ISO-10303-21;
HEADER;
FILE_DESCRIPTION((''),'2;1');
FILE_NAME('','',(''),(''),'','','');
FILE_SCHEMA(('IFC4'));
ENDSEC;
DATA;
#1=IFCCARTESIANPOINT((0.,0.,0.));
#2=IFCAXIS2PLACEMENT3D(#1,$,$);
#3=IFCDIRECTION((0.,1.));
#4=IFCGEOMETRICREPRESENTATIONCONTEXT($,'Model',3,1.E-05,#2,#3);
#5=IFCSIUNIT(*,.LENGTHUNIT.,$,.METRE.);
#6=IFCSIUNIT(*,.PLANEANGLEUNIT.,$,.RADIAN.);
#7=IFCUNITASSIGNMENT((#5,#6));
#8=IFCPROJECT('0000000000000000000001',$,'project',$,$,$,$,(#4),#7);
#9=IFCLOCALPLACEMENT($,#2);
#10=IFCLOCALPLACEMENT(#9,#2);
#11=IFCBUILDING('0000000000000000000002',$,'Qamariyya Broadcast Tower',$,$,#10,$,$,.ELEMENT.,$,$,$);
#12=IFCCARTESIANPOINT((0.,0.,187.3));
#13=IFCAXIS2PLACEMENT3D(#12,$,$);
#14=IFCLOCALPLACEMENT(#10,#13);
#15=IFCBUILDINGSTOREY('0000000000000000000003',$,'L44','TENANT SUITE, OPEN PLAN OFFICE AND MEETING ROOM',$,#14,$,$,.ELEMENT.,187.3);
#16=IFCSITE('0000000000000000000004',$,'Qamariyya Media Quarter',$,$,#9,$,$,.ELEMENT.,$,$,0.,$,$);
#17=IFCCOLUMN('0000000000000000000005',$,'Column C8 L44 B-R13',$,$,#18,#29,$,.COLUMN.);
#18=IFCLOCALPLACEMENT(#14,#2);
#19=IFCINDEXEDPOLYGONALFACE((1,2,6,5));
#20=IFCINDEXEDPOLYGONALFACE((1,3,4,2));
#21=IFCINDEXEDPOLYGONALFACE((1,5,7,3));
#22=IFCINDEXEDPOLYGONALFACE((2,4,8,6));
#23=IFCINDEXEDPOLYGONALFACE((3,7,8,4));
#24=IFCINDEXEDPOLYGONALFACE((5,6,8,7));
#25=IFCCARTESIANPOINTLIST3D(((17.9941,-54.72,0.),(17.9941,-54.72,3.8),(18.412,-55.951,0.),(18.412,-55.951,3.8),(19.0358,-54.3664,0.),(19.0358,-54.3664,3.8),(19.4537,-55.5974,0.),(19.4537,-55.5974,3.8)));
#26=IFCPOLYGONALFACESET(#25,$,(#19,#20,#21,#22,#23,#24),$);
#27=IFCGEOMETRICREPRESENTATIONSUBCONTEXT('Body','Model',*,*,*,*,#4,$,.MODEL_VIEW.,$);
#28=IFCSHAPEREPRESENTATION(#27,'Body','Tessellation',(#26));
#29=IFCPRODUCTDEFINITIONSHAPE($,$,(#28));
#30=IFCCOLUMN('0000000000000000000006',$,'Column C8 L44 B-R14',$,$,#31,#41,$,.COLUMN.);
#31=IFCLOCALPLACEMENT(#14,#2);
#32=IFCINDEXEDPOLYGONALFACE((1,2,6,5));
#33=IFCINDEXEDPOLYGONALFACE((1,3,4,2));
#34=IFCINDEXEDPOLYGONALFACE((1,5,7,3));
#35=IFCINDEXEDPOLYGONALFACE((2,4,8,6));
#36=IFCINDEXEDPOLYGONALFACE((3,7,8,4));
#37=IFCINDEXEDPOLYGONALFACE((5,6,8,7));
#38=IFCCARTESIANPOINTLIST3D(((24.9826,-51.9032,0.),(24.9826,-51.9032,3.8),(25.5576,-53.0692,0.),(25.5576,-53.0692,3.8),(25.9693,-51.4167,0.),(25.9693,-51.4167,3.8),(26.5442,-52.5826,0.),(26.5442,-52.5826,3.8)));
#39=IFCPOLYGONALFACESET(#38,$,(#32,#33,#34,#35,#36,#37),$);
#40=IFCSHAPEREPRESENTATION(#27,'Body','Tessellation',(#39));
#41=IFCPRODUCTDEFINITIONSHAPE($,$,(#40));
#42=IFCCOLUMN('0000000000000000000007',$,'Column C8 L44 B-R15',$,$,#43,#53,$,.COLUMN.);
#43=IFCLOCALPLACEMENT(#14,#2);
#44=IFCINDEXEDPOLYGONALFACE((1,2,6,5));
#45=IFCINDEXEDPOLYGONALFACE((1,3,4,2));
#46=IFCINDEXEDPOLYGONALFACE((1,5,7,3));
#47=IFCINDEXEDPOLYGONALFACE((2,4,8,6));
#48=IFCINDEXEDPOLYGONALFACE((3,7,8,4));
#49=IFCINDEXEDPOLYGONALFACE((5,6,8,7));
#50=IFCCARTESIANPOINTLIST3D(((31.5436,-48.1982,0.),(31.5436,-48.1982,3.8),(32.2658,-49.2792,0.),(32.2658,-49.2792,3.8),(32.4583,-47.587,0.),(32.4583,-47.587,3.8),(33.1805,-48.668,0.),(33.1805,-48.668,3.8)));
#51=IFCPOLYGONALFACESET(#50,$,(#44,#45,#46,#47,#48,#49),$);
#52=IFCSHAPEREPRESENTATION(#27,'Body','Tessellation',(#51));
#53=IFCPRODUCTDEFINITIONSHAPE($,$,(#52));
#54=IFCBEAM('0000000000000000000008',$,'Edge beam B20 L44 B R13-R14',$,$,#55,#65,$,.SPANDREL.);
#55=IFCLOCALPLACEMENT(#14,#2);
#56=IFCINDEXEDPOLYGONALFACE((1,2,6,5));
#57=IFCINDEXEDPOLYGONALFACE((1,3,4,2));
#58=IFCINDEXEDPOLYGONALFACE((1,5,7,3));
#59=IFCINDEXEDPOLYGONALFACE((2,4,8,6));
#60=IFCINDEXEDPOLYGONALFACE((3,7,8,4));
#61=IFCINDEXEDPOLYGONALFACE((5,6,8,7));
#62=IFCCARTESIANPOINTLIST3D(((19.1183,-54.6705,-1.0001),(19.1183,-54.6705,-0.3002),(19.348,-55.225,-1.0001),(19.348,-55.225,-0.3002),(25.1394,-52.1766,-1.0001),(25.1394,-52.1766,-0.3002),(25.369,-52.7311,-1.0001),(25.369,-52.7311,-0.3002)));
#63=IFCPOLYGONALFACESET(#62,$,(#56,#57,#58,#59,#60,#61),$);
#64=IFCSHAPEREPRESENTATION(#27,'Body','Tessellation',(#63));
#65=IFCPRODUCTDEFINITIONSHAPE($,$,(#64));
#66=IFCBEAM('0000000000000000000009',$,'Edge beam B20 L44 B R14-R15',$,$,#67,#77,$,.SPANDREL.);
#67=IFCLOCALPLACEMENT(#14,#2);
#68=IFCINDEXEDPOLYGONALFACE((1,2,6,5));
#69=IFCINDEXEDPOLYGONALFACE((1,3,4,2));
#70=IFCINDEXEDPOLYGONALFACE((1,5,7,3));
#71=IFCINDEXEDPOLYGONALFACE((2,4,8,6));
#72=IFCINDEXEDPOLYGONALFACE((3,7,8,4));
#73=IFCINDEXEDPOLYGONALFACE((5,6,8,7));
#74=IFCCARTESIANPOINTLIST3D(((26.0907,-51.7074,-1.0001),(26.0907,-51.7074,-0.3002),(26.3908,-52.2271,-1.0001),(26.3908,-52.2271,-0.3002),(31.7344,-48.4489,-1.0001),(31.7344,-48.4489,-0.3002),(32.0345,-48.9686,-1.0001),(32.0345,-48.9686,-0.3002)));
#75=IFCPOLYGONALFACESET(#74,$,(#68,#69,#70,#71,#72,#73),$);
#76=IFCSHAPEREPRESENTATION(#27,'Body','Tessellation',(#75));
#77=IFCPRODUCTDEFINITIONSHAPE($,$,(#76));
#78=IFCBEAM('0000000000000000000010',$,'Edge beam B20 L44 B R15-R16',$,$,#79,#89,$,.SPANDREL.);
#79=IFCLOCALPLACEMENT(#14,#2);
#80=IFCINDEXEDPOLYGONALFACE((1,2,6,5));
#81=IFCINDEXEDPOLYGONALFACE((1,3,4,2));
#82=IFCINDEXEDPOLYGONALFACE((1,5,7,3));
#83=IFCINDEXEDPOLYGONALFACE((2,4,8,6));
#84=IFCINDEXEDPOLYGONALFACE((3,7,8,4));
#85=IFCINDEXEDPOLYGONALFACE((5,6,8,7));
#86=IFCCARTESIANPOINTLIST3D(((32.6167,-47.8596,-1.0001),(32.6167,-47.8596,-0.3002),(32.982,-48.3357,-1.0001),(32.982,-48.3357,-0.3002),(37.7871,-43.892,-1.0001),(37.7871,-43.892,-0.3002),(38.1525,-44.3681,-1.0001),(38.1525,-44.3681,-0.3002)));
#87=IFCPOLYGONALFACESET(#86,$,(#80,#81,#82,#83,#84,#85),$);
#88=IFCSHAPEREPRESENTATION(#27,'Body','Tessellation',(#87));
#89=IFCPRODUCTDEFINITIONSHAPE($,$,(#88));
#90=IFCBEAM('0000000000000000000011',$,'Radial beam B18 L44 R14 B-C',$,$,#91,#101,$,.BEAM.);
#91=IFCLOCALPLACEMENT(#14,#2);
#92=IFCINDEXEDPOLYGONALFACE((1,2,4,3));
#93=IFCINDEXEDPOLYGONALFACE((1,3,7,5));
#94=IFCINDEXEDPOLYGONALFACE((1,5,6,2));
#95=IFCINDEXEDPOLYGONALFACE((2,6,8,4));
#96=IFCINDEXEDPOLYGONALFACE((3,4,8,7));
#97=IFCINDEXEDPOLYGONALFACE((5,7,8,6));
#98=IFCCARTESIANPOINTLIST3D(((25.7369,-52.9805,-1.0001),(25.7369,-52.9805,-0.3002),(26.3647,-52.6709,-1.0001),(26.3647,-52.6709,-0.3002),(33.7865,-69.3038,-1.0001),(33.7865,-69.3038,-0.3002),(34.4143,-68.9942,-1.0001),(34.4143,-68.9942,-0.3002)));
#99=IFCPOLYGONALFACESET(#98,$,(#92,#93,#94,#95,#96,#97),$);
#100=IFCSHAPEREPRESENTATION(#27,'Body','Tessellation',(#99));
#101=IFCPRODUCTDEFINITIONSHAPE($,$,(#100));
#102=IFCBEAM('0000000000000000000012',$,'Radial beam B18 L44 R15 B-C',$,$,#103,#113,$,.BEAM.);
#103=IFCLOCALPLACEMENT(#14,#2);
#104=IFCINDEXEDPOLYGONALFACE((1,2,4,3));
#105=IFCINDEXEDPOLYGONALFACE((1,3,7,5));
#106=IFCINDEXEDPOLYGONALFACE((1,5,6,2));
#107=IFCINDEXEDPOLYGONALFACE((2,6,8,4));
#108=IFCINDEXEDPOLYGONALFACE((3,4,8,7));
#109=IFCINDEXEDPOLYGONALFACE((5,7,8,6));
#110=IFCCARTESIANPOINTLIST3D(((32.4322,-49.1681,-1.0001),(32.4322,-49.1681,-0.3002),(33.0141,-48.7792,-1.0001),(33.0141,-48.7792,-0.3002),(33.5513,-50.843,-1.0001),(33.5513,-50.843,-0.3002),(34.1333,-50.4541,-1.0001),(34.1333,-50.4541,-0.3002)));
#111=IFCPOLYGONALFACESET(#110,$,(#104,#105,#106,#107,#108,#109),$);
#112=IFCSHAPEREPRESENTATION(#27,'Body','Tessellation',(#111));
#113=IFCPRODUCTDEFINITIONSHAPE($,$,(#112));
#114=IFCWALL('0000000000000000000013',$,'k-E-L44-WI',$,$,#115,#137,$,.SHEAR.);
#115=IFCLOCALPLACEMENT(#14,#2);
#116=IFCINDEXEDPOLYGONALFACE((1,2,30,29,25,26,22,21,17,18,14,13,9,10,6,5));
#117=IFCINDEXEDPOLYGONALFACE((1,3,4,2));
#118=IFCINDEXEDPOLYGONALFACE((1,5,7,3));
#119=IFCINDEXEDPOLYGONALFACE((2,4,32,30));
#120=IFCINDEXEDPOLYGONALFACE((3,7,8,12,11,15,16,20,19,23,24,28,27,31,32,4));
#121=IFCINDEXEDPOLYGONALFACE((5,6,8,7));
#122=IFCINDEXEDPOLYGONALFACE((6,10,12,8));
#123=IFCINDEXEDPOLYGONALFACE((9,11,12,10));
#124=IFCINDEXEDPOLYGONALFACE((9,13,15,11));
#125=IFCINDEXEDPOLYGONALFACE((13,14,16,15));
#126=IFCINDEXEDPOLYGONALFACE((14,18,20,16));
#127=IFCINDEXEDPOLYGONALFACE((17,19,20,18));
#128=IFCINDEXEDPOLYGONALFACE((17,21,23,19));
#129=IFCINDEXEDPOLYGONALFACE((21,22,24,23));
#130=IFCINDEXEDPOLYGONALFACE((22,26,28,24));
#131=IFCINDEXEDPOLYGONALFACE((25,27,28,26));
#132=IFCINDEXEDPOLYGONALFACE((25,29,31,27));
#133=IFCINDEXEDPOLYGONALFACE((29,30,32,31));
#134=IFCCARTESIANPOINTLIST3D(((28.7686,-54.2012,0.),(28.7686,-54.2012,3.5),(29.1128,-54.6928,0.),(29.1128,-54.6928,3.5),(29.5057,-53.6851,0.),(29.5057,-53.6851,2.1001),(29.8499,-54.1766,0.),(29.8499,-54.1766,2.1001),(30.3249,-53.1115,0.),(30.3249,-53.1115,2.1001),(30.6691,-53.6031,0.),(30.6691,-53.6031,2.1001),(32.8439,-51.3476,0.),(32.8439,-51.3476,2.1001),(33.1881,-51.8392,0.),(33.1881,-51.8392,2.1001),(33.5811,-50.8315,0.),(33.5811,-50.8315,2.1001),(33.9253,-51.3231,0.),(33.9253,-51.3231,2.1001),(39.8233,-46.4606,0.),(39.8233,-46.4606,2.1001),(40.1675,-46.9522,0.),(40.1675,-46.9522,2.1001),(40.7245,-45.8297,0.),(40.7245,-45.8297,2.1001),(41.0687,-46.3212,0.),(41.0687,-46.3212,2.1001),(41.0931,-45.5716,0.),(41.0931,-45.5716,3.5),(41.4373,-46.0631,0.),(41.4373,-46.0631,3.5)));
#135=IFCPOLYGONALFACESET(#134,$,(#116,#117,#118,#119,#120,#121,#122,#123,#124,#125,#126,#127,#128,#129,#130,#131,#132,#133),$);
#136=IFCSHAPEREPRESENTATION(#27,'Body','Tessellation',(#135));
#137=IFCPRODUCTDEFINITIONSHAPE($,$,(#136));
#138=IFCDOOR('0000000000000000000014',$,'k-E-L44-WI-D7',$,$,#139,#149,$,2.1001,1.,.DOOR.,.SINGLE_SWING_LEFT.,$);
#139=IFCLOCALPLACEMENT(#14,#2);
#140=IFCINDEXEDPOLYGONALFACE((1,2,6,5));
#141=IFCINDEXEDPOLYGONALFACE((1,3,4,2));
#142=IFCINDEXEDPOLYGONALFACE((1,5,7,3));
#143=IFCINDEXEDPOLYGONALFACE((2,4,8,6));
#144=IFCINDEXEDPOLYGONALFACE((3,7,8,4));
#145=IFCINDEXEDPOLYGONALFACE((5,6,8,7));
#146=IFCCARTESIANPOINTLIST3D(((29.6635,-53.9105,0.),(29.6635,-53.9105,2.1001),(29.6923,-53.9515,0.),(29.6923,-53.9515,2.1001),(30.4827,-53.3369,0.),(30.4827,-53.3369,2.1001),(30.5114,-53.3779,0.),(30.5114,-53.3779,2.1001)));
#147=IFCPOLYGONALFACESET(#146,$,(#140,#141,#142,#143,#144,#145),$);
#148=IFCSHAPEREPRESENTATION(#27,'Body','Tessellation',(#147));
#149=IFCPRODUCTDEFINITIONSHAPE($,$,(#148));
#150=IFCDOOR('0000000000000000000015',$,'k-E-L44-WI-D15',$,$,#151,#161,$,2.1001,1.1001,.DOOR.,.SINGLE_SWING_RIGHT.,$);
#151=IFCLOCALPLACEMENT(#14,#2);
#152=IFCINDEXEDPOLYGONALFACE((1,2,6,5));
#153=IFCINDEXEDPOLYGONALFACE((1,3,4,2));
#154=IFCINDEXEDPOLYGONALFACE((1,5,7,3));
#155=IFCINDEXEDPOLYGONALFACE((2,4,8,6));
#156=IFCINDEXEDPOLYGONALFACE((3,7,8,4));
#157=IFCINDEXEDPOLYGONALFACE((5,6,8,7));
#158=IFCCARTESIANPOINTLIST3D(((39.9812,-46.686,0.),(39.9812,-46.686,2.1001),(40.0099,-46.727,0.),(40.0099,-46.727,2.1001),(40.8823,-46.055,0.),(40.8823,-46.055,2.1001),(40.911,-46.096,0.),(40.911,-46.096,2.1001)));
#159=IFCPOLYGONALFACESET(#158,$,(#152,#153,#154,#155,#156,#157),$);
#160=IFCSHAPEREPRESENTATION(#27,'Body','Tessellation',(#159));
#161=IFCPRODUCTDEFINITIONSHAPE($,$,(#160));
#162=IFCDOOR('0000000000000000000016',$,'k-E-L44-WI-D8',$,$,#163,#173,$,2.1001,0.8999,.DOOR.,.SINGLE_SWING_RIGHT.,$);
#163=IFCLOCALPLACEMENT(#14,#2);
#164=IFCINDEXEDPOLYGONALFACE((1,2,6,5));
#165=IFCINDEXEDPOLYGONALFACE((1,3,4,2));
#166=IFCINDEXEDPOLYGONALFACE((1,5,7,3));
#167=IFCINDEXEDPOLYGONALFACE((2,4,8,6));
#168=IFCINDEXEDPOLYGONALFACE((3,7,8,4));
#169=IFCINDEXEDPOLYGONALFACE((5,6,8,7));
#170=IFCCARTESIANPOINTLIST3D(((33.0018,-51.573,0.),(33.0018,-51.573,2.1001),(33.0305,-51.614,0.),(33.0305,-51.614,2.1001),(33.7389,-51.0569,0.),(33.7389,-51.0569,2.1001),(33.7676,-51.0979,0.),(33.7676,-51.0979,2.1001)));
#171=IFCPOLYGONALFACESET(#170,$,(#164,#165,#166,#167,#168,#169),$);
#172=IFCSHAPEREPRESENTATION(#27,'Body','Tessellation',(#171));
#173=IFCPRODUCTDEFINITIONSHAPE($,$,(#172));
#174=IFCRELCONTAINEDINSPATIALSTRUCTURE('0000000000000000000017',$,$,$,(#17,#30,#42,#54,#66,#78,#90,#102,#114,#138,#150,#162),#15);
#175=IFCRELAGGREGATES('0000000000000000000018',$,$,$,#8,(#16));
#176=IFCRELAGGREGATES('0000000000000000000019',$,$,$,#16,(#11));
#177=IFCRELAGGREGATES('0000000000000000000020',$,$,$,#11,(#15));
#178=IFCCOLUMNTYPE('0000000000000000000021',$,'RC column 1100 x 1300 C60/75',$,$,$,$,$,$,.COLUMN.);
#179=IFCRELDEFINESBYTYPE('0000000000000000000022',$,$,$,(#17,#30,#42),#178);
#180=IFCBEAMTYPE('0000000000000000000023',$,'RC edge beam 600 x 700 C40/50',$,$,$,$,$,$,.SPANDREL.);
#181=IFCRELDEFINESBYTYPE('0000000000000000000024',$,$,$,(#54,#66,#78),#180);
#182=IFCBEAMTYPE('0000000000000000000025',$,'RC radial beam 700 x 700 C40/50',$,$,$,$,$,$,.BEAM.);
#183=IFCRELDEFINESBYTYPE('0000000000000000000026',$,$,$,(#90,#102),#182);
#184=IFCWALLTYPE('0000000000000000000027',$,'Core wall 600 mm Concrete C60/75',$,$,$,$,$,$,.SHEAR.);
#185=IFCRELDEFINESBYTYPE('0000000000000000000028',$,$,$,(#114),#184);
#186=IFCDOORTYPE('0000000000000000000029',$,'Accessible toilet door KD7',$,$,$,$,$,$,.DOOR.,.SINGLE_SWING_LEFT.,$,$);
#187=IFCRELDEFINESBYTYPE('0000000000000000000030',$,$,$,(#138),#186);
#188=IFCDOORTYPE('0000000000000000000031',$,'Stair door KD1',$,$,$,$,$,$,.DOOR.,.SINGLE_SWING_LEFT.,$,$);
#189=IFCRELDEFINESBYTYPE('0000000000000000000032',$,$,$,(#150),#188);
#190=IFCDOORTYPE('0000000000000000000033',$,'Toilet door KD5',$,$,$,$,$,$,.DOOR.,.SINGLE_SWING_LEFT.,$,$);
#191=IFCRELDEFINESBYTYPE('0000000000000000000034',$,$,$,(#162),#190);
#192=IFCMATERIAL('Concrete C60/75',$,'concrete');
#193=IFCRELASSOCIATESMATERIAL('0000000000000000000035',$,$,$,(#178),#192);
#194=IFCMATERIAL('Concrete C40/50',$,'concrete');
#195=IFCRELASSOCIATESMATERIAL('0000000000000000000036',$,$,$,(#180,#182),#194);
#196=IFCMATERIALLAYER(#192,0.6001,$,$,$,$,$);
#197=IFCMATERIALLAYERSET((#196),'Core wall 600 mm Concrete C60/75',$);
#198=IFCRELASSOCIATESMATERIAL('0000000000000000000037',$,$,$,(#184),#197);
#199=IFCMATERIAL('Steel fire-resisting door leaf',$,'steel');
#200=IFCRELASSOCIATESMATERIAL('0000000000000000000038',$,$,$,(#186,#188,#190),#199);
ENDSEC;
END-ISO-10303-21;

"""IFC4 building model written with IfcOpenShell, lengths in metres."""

from ifc_helpers import new_model, si_unit, direction, frame, frame_2d, origin, origin_2d, place, context, subcontext, project, spatial, rectangle, extrude, material, layer, layer_set, material_profile, profile_set, type_object, element, fill, save


model = new_model("IFC4")

# Units and contexts
model_context = context("Model", 3, precision=1e-05, world=origin(), true_north=direction((0.0, 1.0)))
body_context = subcontext(model_context, "Body", "Model", "MODEL_VIEW")
ifc_project = project(units=[si_unit("LENGTHUNIT", "METRE"), si_unit("PLANEANGLEUNIT", "RADIAN")], contexts=[model_context])

# Site, building, storey
site_placement = place(None, origin())
site = spatial("IfcSite", under=ifc_project, at=site_placement, Name="Qamariyya Media Quarter", CompositionType="ELEMENT", RefElevation=0.0)
building_placement = place(site_placement, origin())
building = spatial("IfcBuilding", under=site, at=building_placement, Name="Qamariyya Broadcast Tower", CompositionType="ELEMENT")
storey_placement = place(building_placement, frame((0.0, 0.0, 187.3)))
storey = spatial("IfcBuildingStorey", under=building, at=storey_placement, Name="L44", Description="TENANT SUITE, OPEN PLAN OFFICE AND MEETING ROOM", CompositionType="ELEMENT", Elevation=187.3)

# Columns
ifc_material_1 = material(Name="Concrete C60/75", Category="concrete")
ifc_material_profile_1 = material_profile(ifc_material_1, rectangle(XDim=1.1001, YDim=1.3, at=origin_2d()))
ifc_profile_set_1 = profile_set([ifc_material_profile_1], Name="Concrete C60/75")
column_type = type_object("IfcColumnType", Name="RC column 1100 x 1300 C60/75", PredefinedType="COLUMN", material=ifc_profile_set_1)
for number, where, z_axis, x_axis, name in (
    (1, (18.7239, -55.1587, 0.0), (0.0, 0.0, 1.0), (0.94693, 0.321439, 0.0), "Column C8 L44 B-R13"),
    (2, (25.7634, -52.2429, 0.0), (0.0, 0.0, 1.0), (0.896873, 0.442289, 0.0), "Column C8 L44 B-R14"),
    (3, (32.3621, -48.4331, 0.0), (0.0, 0.0, 1.0), (0.83147, 0.55557, 0.0), "Column C8 L44 B-R15"),
):
    element("IfcColumn", number, at=place(storey_placement, frame(where, z_axis=z_axis, x_axis=x_axis)), inside=storey, type_object=column_type, Name=name, PredefinedType="COLUMN", context=body_context, shape_type="SweptSolid", body=[
        extrude(rectangle(XDim=1.1001, YDim=1.3, at=origin_2d()), origin(), (0.0, 0.0, 1.0), 3.8),
    ])

# Beams
ifc_material_2 = material(Name="Concrete C40/50", Category="concrete")
ifc_material_profile_2 = material_profile(ifc_material_2, rectangle(XDim=0.6001, YDim=0.7, at=origin_2d()))
ifc_profile_set_2 = profile_set([ifc_material_profile_2], Name="Concrete C40/50")
beam_type_1 = type_object("IfcBeamType", Name="RC edge beam 600 x 700 C40/50", PredefinedType="SPANDREL", material=ifc_profile_set_2)
beam_1_placement = place(storey_placement, frame((19.2332, -54.9478, -0.6501), z_axis=(0.923884, 0.382673, 0.0), x_axis=(-0.382673, 0.923884, 0.0)))
element("IfcBeam", 4, at=beam_1_placement, inside=storey, type_object=beam_type_1, Name="Edge beam B20 L44 B R13-R14", PredefinedType="SPANDREL", context=body_context, shape_type="SweptSolid", body=[
    extrude(rectangle(XDim=0.6001, YDim=0.7, at=origin_2d()), origin(), (0.0, 0.0, 1.0), 6.5171),
])
beam_2_placement = place(storey_placement, frame((26.2407, -51.9673, -0.6501), z_axis=(0.866019, 0.500011, 0.0), x_axis=(-0.500011, 0.866019, 0.0)))
element("IfcBeam", 5, at=beam_2_placement, inside=storey, type_object=beam_type_1, Name="Edge beam B20 L44 B R14-R15", PredefinedType="SPANDREL", context=body_context, shape_type="SweptSolid", body=[
    extrude(rectangle(XDim=0.6001, YDim=0.7, at=origin_2d()), origin(), (0.0, 0.0, 1.0), 6.5168),
])
beam_3_placement = place(storey_placement, frame((32.7993, -48.0977, -0.6501), z_axis=(0.793343, 0.608774, 0.0), x_axis=(-0.608774, 0.793343, 0.0)))
element("IfcBeam", 6, at=beam_3_placement, inside=storey, type_object=beam_type_1, Name="Edge beam B20 L44 B R15-R16", PredefinedType="SPANDREL", context=body_context, shape_type="SweptSolid", body=[
    extrude(rectangle(XDim=0.6001, YDim=0.7, at=origin_2d()), origin(), (0.0, 0.0, 1.0), 6.5173),
])
ifc_material_profile_3 = material_profile(ifc_material_2, rectangle(XDim=0.7, YDim=0.7, at=origin_2d()))
ifc_profile_set_3 = profile_set([ifc_material_profile_3], Name="Concrete C40/50")
beam_type_2 = type_object("IfcBeamType", Name="RC radial beam 700 x 700 C40/50", PredefinedType="BEAM", material=ifc_profile_set_3)
beam_4_placement = place(storey_placement, frame((26.0508, -52.8257, -0.6501), z_axis=(0.442281, -0.896876, 0.0), x_axis=(0.896876, 0.442281, 0.0)))
element("IfcBeam", 7, at=beam_4_placement, inside=storey, type_object=beam_type_2, Name="Radial beam B18 L44 R14 B-C", PredefinedType="BEAM", context=body_context, shape_type="SweptSolid", body=[
    extrude(rectangle(XDim=0.7, YDim=0.7, at=origin_2d()), origin(), (0.0, 0.0, 1.0), 18.2002),
])
beam_5_placement = place(storey_placement, frame((32.7231, -48.9736, -0.6501), z_axis=(0.555595, -0.831453, 0.0), x_axis=(0.831453, 0.555595, 0.0)))
element("IfcBeam", 8, at=beam_5_placement, inside=storey, type_object=beam_type_2, Name="Radial beam B18 L44 R15 B-C", PredefinedType="BEAM", context=body_context, shape_type="SweptSolid", body=[
    extrude(rectangle(XDim=0.7, YDim=0.7, at=origin_2d()), origin(), (0.0, 0.0, 1.0), 2.0144),
])

# Wall, openings, doors
ifc_layer_1 = layer(ifc_material_1, 0.6001)
ifc_layer_set_1 = layer_set([ifc_layer_1], Name="Core wall 600 mm Concrete C60/75")
wall_type_1 = type_object("IfcWallType", Name="Core wall 600 mm Concrete C60/75", PredefinedType="SHEAR", material=ifc_layer_set_1)
wall_1_placement = place(storey_placement, frame((28.9407, -54.447, 0.0), z_axis=(0.0, 0.0, 1.0), x_axis=(0.819153, 0.573575, 0.0)))
wall_1 = element("IfcWall", 9, at=wall_1_placement, inside=storey, type_object=wall_type_1, Name="k-E-L44-WI", PredefinedType="SHEAR", context=body_context, shape_type="SweptSolid", body=[
    extrude(rectangle(XDim=15.0454, YDim=0.6001, at=frame_2d((7.5227, 0.0))), origin(), (0.0, 0.0, 1.0), 3.5),
])
opening_1_placement = place(wall_1_placement, frame((0.8999, 0.0, 0.0)))
opening_1 = element("IfcOpeningElement", 10, at=opening_1_placement, cuts=wall_1, PredefinedType="OPENING", context=body_context, shape_type="SweptSolid", body=[
    extrude(rectangle(XDim=1.0, YDim=2.1001, at=frame_2d((0.5, 1.05))), frame((0.0, 0.3101, 0.0), z_axis=(0.0, -1.0, 0.0), x_axis=(1.0, 0.0, 0.0)), (0.0, 0.0, 1.0), 0.6201),
])
opening_2_placement = place(wall_1_placement, frame((4.9751, 0.0, 0.0)))
opening_2 = element("IfcOpeningElement", 11, at=opening_2_placement, cuts=wall_1, PredefinedType="OPENING", context=body_context, shape_type="SweptSolid", body=[
    extrude(rectangle(XDim=0.8999, YDim=2.1001, at=frame_2d((0.45, 1.05))), frame((0.0, 0.3101, 0.0), z_axis=(0.0, -1.0, 0.0), x_axis=(1.0, 0.0, 0.0)), (0.0, 0.0, 1.0), 0.6201),
])
opening_3_placement = place(wall_1_placement, frame((13.4954, 0.0, 0.0)))
opening_3 = element("IfcOpeningElement", 12, at=opening_3_placement, cuts=wall_1, PredefinedType="OPENING", context=body_context, shape_type="SweptSolid", body=[
    extrude(rectangle(XDim=1.1001, YDim=2.1001, at=frame_2d((0.55, 1.05))), frame((0.0, 0.3101, 0.0), z_axis=(0.0, -1.0, 0.0), x_axis=(1.0, 0.0, 0.0)), (0.0, 0.0, 1.0), 0.6201),
])
ifc_material_3 = material(Name="Steel fire-resisting door leaf", Category="steel")
door_type_1 = type_object("IfcDoorType", Name="Accessible toilet door KD7", OperationType="SINGLE_SWING_LEFT", PredefinedType="DOOR", material=ifc_material_3)
door_1_placement = place(opening_1_placement, origin())
door_1 = element("IfcDoor", 13, at=door_1_placement, inside=storey, type_object=door_type_1, Name="k-E-L44-WI-D7", OperationType="SINGLE_SWING_LEFT", OverallHeight=2.1001, OverallWidth=1.0, PredefinedType="DOOR", context=body_context, shape_type="SweptSolid", body=[
    extrude(rectangle(XDim=1.0, YDim=2.1001, at=frame_2d((0.5, 1.05))), frame((0.0, 0.0249, 0.0), z_axis=(0.0, -1.0, 0.0), x_axis=(1.0, 0.0, 0.0)), (0.0, 0.0, 1.0), 0.05),
])
fill(opening_1, door_1)
door_type_2 = type_object("IfcDoorType", Name="Stair door KD1", OperationType="SINGLE_SWING_LEFT", PredefinedType="DOOR", material=ifc_material_3)
door_2_placement = place(opening_3_placement, origin())
door_2 = element("IfcDoor", 14, at=door_2_placement, inside=storey, type_object=door_type_2, Name="k-E-L44-WI-D15", OperationType="SINGLE_SWING_RIGHT", OverallHeight=2.1001, OverallWidth=1.1001, PredefinedType="DOOR", context=body_context, shape_type="SweptSolid", body=[
    extrude(rectangle(XDim=1.1001, YDim=2.1001, at=frame_2d((0.55, 1.05))), frame((0.0, 0.0249, 0.0), z_axis=(0.0, -1.0, 0.0), x_axis=(1.0, 0.0, 0.0)), (0.0, 0.0, 1.0), 0.05),
])
fill(opening_3, door_2)
door_type_3 = type_object("IfcDoorType", Name="Toilet door KD5", OperationType="SINGLE_SWING_LEFT", PredefinedType="DOOR", material=ifc_material_3)
door_3_placement = place(opening_2_placement, origin())
door_3 = element("IfcDoor", 15, at=door_3_placement, inside=storey, type_object=door_type_3, Name="k-E-L44-WI-D8", OperationType="SINGLE_SWING_RIGHT", OverallHeight=2.1001, OverallWidth=0.8999, PredefinedType="DOOR", context=body_context, shape_type="SweptSolid", body=[
    extrude(rectangle(XDim=0.8999, YDim=2.1001, at=frame_2d((0.45, 1.05))), frame((0.0, 0.0249, 0.0), z_axis=(0.0, -1.0, 0.0), x_axis=(1.0, 0.0, 0.0)), (0.0, 0.0, 1.0), 0.05),
])
fill(opening_2, door_3)

save(model, "model.ifc")
